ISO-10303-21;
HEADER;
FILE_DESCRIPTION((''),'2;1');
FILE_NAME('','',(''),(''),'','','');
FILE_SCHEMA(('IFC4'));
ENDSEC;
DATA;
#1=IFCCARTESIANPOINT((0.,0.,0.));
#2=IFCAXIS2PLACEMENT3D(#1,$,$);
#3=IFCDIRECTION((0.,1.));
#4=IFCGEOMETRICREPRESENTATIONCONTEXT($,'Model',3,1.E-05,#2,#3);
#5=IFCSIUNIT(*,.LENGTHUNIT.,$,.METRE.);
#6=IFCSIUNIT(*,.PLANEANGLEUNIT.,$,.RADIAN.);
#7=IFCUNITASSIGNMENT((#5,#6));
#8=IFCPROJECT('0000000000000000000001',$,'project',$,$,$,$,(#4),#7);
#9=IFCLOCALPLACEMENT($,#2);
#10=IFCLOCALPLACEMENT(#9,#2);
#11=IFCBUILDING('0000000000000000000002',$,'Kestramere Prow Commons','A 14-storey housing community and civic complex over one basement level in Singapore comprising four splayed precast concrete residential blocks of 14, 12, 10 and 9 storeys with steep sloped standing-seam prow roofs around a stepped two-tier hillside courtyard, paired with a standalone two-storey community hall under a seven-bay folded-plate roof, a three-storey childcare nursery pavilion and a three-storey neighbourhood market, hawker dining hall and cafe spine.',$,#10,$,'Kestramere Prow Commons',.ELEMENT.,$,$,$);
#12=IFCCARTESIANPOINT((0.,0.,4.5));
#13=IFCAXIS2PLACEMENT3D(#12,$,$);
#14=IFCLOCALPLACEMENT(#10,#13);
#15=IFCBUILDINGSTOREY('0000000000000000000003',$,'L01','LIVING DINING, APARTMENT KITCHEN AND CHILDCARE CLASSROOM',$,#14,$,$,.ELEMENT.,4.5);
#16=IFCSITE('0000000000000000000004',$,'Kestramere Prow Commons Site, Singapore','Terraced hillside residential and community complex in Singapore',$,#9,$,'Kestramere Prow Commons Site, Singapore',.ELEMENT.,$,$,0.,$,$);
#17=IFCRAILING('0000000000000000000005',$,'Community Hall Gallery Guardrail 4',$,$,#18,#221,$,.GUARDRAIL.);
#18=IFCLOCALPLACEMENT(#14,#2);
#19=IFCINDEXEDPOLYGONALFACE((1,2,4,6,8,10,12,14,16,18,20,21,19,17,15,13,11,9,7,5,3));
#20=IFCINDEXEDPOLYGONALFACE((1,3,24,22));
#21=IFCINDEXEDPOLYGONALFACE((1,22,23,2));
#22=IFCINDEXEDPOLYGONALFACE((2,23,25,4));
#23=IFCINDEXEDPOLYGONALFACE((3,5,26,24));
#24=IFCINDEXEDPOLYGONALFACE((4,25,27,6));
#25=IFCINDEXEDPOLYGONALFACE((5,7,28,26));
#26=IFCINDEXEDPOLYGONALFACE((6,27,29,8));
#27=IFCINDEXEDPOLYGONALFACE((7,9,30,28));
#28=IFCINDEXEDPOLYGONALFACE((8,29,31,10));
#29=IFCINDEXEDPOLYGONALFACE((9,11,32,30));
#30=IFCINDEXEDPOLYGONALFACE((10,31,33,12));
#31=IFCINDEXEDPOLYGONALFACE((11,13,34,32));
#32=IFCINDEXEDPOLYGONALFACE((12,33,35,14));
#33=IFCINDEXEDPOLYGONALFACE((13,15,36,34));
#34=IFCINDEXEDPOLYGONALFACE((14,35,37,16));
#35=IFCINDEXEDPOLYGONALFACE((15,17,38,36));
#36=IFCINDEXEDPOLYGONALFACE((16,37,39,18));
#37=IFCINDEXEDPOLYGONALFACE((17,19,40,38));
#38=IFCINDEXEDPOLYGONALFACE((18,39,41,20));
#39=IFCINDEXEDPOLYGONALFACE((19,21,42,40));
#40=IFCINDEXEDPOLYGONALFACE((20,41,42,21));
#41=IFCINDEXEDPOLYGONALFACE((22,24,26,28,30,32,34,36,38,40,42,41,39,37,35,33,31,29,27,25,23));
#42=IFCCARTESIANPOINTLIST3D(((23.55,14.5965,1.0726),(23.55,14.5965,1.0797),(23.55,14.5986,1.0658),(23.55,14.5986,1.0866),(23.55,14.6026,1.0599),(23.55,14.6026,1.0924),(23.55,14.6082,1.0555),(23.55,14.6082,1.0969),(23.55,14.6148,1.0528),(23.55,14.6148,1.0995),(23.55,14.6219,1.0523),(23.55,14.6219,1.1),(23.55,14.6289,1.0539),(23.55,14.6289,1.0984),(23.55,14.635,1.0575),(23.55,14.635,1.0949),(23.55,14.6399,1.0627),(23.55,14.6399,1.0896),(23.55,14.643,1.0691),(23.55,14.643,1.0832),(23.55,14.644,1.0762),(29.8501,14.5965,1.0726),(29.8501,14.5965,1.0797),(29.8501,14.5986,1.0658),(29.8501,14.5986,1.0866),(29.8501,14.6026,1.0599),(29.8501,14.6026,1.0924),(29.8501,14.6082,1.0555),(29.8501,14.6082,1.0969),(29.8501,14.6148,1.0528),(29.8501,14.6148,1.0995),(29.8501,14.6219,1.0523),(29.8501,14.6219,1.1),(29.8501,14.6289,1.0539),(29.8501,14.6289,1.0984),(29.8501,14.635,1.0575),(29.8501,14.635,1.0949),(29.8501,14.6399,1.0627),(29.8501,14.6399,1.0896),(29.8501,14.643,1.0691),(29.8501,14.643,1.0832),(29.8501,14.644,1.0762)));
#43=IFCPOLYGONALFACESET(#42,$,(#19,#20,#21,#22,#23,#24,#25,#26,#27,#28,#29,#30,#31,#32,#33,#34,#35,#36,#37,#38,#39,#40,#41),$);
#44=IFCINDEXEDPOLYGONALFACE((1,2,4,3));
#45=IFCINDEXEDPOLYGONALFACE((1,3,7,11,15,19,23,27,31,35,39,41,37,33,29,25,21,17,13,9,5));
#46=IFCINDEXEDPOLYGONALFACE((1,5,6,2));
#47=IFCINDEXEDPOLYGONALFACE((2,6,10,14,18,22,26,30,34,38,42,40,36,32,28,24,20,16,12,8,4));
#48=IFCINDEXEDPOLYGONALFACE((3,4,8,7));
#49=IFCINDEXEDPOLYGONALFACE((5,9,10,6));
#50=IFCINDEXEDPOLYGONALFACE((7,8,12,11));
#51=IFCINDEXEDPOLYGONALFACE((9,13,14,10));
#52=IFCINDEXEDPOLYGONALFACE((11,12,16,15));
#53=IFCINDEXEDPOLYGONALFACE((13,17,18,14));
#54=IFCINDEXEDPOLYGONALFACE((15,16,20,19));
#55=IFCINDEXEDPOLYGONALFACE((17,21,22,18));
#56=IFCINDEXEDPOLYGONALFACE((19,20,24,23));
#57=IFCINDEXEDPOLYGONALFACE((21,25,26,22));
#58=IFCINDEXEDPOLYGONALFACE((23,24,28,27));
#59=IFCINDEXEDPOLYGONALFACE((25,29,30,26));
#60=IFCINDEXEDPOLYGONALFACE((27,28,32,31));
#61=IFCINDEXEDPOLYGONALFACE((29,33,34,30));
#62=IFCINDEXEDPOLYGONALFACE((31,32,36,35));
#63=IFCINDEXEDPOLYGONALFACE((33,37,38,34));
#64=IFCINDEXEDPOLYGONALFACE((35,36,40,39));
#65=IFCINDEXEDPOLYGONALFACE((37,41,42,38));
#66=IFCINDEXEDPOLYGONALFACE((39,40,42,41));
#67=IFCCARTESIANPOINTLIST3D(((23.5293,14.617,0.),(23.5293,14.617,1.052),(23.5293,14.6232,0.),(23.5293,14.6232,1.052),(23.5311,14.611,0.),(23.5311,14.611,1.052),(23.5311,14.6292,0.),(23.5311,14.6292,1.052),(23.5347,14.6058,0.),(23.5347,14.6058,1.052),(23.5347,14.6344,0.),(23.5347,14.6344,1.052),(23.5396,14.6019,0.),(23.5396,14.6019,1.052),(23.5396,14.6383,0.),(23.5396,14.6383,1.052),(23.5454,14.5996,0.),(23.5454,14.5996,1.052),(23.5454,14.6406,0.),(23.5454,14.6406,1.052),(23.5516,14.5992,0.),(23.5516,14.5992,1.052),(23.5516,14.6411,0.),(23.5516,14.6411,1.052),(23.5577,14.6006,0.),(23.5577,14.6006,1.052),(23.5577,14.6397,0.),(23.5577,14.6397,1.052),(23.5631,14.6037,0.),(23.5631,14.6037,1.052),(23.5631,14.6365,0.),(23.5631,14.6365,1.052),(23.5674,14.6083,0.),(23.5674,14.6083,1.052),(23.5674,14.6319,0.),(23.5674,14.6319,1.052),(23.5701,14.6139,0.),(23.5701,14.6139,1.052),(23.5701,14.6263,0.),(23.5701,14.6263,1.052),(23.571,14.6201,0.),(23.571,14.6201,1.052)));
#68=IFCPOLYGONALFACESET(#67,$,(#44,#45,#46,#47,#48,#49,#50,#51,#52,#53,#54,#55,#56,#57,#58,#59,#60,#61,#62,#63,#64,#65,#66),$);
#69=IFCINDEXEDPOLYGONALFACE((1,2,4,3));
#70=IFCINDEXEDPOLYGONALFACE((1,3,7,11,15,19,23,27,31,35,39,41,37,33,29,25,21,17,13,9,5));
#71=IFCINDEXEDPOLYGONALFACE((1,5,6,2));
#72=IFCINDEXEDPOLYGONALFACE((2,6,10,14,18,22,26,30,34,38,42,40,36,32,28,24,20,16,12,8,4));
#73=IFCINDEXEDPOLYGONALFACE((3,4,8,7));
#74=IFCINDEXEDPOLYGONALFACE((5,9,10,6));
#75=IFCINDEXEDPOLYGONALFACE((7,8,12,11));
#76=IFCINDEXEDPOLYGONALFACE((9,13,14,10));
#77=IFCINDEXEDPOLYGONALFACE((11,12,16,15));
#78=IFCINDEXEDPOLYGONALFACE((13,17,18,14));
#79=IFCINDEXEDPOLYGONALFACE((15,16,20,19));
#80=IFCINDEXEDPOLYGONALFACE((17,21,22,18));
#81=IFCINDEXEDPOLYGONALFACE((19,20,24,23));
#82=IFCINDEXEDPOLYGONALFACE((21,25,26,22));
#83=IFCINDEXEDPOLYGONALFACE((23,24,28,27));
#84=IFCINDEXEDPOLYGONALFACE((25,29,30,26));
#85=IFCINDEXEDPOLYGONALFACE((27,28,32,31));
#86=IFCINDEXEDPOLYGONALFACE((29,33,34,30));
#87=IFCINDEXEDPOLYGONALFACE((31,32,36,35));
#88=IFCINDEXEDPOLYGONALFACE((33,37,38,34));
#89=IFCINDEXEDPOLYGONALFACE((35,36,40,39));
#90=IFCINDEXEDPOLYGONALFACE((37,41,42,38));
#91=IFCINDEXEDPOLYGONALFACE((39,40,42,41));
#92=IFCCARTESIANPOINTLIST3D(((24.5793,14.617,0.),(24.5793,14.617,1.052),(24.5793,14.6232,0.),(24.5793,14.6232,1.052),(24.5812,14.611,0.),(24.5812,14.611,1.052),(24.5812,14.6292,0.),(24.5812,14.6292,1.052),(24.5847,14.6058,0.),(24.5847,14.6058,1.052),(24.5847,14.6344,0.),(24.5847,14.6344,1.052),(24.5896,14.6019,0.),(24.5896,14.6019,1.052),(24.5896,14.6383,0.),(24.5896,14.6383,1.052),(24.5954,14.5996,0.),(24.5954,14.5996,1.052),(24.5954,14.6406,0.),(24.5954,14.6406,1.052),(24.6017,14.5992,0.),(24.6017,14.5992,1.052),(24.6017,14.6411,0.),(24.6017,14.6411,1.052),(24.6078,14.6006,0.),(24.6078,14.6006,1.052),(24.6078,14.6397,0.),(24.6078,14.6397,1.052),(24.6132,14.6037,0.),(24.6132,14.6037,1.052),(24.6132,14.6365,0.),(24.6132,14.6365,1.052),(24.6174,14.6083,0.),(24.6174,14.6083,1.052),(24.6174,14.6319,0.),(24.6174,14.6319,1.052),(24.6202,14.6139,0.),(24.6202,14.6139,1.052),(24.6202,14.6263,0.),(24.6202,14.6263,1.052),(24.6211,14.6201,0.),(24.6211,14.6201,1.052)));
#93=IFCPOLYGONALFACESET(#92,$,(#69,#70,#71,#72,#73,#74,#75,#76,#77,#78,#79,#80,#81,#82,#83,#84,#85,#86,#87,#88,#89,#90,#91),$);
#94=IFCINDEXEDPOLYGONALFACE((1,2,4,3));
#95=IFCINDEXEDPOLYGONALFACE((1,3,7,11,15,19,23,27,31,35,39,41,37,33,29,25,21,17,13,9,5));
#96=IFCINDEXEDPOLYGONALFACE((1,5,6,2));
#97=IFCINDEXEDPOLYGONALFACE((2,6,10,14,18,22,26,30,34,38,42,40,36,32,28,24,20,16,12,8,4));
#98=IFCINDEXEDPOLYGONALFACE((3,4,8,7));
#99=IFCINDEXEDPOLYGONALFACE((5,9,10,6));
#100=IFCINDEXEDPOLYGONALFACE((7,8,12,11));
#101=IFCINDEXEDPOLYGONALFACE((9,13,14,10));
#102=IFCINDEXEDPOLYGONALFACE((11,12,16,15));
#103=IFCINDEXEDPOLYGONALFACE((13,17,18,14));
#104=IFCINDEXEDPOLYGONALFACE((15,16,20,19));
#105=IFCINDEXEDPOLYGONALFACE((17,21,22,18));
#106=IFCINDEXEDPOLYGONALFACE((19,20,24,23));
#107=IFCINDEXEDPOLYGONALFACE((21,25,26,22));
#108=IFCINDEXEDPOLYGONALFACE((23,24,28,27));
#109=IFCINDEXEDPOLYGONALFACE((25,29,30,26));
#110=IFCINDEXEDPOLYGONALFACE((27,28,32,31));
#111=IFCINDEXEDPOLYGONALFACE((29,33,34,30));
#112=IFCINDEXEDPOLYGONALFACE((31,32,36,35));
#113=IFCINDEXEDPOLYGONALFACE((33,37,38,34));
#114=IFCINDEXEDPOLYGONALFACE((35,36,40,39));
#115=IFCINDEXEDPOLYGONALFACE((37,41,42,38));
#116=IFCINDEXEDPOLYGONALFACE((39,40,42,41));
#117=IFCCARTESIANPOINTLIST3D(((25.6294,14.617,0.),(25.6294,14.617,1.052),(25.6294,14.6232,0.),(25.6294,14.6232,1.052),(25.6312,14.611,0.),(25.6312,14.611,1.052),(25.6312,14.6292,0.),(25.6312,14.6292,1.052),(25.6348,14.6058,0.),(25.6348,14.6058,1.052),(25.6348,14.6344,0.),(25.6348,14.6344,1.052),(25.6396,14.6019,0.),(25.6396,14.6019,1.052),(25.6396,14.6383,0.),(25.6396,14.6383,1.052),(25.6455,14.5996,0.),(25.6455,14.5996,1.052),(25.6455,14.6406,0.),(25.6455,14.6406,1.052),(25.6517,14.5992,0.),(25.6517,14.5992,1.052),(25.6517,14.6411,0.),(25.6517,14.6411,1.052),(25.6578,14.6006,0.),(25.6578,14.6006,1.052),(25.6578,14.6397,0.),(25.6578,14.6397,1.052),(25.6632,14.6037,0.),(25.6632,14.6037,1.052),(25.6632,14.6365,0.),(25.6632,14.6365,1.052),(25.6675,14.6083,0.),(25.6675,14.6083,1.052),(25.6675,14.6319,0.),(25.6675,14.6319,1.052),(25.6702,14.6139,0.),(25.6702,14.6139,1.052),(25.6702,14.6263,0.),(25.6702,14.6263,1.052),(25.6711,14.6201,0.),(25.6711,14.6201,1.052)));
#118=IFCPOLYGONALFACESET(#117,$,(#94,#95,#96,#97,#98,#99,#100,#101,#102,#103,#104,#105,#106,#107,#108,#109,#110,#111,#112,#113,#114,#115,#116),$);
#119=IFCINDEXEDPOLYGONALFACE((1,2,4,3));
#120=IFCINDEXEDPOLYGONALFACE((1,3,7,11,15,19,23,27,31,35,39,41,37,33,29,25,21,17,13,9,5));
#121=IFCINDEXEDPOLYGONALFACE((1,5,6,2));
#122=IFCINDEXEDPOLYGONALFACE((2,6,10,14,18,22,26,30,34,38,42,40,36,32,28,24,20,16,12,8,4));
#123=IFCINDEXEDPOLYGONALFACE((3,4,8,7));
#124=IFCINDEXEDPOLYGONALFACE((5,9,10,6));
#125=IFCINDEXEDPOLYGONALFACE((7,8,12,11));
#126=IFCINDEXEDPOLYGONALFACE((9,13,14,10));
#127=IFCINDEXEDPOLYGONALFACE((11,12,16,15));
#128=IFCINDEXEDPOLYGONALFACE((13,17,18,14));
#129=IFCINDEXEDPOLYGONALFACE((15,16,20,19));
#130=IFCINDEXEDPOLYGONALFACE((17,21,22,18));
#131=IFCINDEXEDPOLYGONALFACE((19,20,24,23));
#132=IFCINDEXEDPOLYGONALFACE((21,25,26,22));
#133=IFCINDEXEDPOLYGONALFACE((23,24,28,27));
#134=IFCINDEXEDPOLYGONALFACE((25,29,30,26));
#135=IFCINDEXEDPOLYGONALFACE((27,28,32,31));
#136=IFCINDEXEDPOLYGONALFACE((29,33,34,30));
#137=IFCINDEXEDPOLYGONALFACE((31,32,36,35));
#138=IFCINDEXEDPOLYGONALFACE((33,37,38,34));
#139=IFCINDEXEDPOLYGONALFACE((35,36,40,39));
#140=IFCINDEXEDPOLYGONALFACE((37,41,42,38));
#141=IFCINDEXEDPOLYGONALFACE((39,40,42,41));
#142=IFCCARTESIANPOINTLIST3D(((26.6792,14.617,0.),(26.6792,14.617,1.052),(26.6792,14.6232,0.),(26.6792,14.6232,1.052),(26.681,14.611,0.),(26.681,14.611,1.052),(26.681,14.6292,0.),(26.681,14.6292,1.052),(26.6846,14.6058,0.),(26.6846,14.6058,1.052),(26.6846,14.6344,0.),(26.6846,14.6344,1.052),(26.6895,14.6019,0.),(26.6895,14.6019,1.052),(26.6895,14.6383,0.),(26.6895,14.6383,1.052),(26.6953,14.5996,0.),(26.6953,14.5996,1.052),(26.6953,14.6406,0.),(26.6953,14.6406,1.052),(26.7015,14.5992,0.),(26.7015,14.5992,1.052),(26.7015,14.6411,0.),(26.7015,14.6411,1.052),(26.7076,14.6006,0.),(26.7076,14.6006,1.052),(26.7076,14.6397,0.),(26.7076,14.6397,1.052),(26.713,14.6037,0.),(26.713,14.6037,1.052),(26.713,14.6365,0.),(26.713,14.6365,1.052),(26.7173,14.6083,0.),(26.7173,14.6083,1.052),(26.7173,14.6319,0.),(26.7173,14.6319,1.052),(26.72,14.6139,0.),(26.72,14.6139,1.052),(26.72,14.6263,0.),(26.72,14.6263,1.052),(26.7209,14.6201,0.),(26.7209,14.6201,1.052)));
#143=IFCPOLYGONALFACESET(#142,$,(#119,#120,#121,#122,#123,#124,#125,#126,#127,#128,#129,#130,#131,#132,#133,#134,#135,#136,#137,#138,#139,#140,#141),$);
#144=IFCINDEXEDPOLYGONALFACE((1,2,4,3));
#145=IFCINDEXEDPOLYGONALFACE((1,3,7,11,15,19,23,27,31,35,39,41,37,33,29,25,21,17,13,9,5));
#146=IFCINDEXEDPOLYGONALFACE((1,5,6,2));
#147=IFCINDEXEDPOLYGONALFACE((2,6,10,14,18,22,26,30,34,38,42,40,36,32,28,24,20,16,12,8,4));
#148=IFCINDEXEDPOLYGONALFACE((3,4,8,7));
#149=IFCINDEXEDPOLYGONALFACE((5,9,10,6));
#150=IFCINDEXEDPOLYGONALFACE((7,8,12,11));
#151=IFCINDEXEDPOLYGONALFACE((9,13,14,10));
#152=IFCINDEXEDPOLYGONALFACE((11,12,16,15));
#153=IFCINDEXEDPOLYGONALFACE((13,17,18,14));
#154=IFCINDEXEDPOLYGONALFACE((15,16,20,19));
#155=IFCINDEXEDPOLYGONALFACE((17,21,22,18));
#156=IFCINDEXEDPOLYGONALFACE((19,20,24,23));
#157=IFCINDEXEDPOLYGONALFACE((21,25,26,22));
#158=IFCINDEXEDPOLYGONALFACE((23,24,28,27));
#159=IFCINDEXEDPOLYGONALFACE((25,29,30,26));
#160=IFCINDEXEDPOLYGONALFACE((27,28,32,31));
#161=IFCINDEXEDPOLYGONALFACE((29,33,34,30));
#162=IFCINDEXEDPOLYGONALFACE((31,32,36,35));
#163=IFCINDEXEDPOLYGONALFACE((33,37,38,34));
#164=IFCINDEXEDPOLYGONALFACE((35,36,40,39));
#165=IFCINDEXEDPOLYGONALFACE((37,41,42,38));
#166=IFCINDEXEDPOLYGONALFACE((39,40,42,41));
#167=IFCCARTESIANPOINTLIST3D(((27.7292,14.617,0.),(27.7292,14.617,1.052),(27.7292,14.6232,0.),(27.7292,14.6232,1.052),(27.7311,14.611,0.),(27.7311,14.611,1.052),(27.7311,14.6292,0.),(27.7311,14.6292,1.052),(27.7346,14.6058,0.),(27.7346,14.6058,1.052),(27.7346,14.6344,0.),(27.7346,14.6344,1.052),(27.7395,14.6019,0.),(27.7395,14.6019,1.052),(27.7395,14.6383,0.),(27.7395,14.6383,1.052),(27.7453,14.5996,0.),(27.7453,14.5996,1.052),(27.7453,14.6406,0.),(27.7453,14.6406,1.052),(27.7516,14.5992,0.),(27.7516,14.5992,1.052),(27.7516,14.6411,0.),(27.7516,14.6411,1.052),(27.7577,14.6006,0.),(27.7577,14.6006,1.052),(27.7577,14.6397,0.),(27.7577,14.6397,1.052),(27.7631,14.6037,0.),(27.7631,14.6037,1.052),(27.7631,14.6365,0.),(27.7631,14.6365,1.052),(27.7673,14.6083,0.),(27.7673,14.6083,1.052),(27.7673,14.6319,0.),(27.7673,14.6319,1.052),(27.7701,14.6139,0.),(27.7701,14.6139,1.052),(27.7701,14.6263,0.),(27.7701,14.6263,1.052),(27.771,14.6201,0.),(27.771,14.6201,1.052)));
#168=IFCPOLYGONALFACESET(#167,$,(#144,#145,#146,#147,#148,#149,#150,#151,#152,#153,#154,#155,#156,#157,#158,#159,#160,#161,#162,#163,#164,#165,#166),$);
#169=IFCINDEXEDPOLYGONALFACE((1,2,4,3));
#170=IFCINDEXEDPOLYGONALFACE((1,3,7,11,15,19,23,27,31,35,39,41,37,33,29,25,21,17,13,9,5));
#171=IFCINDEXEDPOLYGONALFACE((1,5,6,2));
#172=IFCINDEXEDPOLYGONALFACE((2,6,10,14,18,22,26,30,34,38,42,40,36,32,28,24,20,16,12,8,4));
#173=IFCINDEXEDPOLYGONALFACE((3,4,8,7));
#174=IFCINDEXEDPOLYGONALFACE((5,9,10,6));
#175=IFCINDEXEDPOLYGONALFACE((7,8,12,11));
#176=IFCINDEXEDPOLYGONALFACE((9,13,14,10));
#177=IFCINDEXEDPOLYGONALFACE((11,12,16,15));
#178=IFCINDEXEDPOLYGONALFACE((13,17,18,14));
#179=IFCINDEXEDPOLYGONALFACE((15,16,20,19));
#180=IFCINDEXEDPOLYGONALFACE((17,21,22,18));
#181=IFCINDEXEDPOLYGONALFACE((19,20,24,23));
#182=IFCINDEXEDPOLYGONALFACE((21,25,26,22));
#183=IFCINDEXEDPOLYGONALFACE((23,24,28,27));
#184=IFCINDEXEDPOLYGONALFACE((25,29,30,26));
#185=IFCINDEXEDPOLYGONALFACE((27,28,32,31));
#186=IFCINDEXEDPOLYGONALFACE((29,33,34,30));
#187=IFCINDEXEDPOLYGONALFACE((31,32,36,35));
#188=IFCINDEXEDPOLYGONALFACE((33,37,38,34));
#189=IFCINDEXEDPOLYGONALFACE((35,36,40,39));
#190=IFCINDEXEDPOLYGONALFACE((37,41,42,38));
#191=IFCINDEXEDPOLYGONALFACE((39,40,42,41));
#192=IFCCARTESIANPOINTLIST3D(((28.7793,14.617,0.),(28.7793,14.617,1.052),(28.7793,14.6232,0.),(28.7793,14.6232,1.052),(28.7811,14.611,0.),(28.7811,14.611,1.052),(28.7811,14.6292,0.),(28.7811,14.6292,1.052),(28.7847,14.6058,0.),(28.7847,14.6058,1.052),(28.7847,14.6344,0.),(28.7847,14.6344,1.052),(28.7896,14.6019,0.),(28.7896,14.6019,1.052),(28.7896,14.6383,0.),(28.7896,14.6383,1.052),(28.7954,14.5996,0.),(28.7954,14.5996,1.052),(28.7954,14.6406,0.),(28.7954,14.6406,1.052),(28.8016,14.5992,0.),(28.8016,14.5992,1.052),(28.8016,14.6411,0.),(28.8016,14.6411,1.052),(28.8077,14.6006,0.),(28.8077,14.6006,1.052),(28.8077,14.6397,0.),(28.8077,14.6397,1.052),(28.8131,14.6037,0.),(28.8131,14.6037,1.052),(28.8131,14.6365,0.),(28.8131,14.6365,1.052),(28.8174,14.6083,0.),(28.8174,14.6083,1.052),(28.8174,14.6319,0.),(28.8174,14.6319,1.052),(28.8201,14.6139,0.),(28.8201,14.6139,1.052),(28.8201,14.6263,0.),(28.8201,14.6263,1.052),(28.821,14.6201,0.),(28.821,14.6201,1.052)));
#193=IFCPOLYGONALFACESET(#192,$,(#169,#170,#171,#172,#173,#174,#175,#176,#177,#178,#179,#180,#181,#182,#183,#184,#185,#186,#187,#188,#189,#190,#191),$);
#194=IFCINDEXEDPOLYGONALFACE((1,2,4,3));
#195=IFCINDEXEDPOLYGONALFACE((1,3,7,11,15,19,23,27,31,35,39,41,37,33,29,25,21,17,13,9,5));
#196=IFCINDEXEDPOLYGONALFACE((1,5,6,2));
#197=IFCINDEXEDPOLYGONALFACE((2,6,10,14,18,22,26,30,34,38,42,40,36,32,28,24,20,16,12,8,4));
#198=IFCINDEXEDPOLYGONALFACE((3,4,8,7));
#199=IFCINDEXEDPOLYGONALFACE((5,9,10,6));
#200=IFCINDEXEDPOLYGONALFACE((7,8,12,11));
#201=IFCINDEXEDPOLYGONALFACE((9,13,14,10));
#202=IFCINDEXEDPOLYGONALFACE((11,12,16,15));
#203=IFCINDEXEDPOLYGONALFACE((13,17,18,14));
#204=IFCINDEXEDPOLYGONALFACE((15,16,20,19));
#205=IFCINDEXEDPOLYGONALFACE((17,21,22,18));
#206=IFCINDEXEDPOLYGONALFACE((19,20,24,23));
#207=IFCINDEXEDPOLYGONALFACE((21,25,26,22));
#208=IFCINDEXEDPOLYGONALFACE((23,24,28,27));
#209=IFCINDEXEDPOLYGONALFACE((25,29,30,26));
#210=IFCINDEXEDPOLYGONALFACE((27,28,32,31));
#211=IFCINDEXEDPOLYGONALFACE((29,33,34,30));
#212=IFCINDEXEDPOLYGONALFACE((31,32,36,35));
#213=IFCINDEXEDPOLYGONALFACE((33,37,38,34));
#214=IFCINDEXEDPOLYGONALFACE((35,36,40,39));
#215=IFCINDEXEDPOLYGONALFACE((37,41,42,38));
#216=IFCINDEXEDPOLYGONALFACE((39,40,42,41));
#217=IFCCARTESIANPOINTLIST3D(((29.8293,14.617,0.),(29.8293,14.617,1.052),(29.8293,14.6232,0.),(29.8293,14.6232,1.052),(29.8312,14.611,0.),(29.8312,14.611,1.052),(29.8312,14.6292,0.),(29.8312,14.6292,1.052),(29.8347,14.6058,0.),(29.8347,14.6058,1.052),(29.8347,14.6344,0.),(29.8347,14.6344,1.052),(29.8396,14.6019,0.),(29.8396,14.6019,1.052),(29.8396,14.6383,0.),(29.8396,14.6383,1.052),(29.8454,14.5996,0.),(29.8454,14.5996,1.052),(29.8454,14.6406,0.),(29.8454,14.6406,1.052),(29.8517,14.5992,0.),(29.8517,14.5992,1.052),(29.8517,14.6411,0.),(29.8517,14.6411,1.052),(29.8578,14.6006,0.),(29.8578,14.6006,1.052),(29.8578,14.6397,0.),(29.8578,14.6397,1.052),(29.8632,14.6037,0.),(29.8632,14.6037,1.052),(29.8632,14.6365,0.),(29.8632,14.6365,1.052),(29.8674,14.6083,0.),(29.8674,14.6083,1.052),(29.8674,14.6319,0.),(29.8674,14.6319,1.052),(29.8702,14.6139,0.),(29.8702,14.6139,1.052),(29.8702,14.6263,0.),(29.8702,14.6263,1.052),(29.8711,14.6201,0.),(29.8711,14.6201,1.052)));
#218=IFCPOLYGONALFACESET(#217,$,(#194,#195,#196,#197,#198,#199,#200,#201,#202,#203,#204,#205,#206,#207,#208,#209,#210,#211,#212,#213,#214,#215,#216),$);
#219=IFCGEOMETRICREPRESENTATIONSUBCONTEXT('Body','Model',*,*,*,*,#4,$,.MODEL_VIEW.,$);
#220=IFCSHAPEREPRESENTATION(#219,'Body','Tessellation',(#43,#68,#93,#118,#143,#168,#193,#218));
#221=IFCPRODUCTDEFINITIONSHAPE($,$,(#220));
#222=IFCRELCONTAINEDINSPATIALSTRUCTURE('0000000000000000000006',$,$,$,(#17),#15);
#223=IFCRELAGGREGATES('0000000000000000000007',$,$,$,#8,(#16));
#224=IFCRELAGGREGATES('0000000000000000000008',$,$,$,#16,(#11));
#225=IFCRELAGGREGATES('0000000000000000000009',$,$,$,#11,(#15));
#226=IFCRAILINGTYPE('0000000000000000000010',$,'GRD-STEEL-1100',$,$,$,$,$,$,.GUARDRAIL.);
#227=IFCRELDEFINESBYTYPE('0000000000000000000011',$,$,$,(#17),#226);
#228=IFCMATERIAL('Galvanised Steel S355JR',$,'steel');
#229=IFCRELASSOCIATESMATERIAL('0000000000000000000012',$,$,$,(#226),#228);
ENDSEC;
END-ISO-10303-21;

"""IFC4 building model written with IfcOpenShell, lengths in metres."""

from ifc_helpers import new_model, si_unit, direction, frame, origin, origin_2d, place, context, subcontext, project, spatial, circle, extrude, material, type_object, element, save


model = new_model("IFC4")

# Units and contexts
model_context = context("Model", 3, precision=1e-05, world=origin(), true_north=direction((0.0, 1.0)))
body_context = subcontext(model_context, "Body", "Model", "MODEL_VIEW")
ifc_project = project(units=[si_unit("LENGTHUNIT", "METRE"), si_unit("PLANEANGLEUNIT", "RADIAN")], contexts=[model_context])

# Site, building, storey
site_placement = place(None, origin())
site = spatial("IfcSite", under=ifc_project, at=site_placement, Name="Kestramere Prow Commons Site, Singapore", Description="Terraced hillside residential and community complex in Singapore", LongName="Kestramere Prow Commons Site, Singapore", CompositionType="ELEMENT", RefElevation=0.0)
building_placement = place(site_placement, origin())
building = spatial("IfcBuilding", under=site, at=building_placement, Name="Kestramere Prow Commons", Description="A 14-storey housing community and civic complex over one basement level in Singapore comprising four splayed precast concrete residential blocks of 14, 12, 10 and 9 storeys with steep sloped standing-seam prow roofs around a stepped two-tier hillside courtyard, paired with a standalone two-storey community hall under a seven-bay folded-plate roof, a three-storey childcare nursery pavilion and a three-storey neighbourhood market, hawker dining hall and cafe spine.", LongName="Kestramere Prow Commons", CompositionType="ELEMENT")
storey_placement = place(building_placement, frame((0.0, 0.0, 4.5)))
storey = spatial("IfcBuildingStorey", under=building, at=storey_placement, Name="L01", Description="LIVING DINING, APARTMENT KITCHEN AND CHILDCARE CLASSROOM", CompositionType="ELEMENT", Elevation=4.5)

# Railing
ifc_material_1 = material(Name="Galvanised Steel S355JR", Category="steel")
railing_type = type_object("IfcRailingType", Name="GRD-STEEL-1100", PredefinedType="GUARDRAIL", material=ifc_material_1)
for number, where, name in (
    (1, (23.55, 14.6201, 0.0), "Community Hall Gallery Guardrail 4"),
):
    element("IfcRailing", number, at=place(storey_placement, frame(where)), inside=storey, type_object=railing_type, Name=name, PredefinedType="GUARDRAIL", context=body_context, shape_type="SweptSolid", body=[
        extrude(circle(Radius=0.0239, at=origin_2d()), frame((0.0, 0.0, 1.0762), z_axis=(1.0, 0.0, 0.0), x_axis=(0.0, 1.0, 0.0)), (0.0, 0.0, 1.0), 6.3),
        extrude(circle(Radius=0.021, at=origin_2d()), origin(), (0.0, 0.0, 1.0), 1.052),
        extrude(circle(Radius=0.021, at=origin_2d()), frame((1.05, 0.0, 0.0)), (0.0, 0.0, 1.0), 1.052),
        extrude(circle(Radius=0.021, at=origin_2d()), frame((2.1001, 0.0, 0.0)), (0.0, 0.0, 1.0), 1.052),
        extrude(circle(Radius=0.021, at=origin_2d()), frame((3.1499, 0.0, 0.0)), (0.0, 0.0, 1.0), 1.052),
        extrude(circle(Radius=0.021, at=origin_2d()), frame((4.2, 0.0, 0.0)), (0.0, 0.0, 1.0), 1.052),
        extrude(circle(Radius=0.021, at=origin_2d()), frame((5.25, 0.0, 0.0)), (0.0, 0.0, 1.0), 1.052),
        extrude(circle(Radius=0.021, at=origin_2d()), frame((6.3, 0.0, 0.0)), (0.0, 0.0, 1.0), 1.052),
    ])

save(model, "model.ifc")
